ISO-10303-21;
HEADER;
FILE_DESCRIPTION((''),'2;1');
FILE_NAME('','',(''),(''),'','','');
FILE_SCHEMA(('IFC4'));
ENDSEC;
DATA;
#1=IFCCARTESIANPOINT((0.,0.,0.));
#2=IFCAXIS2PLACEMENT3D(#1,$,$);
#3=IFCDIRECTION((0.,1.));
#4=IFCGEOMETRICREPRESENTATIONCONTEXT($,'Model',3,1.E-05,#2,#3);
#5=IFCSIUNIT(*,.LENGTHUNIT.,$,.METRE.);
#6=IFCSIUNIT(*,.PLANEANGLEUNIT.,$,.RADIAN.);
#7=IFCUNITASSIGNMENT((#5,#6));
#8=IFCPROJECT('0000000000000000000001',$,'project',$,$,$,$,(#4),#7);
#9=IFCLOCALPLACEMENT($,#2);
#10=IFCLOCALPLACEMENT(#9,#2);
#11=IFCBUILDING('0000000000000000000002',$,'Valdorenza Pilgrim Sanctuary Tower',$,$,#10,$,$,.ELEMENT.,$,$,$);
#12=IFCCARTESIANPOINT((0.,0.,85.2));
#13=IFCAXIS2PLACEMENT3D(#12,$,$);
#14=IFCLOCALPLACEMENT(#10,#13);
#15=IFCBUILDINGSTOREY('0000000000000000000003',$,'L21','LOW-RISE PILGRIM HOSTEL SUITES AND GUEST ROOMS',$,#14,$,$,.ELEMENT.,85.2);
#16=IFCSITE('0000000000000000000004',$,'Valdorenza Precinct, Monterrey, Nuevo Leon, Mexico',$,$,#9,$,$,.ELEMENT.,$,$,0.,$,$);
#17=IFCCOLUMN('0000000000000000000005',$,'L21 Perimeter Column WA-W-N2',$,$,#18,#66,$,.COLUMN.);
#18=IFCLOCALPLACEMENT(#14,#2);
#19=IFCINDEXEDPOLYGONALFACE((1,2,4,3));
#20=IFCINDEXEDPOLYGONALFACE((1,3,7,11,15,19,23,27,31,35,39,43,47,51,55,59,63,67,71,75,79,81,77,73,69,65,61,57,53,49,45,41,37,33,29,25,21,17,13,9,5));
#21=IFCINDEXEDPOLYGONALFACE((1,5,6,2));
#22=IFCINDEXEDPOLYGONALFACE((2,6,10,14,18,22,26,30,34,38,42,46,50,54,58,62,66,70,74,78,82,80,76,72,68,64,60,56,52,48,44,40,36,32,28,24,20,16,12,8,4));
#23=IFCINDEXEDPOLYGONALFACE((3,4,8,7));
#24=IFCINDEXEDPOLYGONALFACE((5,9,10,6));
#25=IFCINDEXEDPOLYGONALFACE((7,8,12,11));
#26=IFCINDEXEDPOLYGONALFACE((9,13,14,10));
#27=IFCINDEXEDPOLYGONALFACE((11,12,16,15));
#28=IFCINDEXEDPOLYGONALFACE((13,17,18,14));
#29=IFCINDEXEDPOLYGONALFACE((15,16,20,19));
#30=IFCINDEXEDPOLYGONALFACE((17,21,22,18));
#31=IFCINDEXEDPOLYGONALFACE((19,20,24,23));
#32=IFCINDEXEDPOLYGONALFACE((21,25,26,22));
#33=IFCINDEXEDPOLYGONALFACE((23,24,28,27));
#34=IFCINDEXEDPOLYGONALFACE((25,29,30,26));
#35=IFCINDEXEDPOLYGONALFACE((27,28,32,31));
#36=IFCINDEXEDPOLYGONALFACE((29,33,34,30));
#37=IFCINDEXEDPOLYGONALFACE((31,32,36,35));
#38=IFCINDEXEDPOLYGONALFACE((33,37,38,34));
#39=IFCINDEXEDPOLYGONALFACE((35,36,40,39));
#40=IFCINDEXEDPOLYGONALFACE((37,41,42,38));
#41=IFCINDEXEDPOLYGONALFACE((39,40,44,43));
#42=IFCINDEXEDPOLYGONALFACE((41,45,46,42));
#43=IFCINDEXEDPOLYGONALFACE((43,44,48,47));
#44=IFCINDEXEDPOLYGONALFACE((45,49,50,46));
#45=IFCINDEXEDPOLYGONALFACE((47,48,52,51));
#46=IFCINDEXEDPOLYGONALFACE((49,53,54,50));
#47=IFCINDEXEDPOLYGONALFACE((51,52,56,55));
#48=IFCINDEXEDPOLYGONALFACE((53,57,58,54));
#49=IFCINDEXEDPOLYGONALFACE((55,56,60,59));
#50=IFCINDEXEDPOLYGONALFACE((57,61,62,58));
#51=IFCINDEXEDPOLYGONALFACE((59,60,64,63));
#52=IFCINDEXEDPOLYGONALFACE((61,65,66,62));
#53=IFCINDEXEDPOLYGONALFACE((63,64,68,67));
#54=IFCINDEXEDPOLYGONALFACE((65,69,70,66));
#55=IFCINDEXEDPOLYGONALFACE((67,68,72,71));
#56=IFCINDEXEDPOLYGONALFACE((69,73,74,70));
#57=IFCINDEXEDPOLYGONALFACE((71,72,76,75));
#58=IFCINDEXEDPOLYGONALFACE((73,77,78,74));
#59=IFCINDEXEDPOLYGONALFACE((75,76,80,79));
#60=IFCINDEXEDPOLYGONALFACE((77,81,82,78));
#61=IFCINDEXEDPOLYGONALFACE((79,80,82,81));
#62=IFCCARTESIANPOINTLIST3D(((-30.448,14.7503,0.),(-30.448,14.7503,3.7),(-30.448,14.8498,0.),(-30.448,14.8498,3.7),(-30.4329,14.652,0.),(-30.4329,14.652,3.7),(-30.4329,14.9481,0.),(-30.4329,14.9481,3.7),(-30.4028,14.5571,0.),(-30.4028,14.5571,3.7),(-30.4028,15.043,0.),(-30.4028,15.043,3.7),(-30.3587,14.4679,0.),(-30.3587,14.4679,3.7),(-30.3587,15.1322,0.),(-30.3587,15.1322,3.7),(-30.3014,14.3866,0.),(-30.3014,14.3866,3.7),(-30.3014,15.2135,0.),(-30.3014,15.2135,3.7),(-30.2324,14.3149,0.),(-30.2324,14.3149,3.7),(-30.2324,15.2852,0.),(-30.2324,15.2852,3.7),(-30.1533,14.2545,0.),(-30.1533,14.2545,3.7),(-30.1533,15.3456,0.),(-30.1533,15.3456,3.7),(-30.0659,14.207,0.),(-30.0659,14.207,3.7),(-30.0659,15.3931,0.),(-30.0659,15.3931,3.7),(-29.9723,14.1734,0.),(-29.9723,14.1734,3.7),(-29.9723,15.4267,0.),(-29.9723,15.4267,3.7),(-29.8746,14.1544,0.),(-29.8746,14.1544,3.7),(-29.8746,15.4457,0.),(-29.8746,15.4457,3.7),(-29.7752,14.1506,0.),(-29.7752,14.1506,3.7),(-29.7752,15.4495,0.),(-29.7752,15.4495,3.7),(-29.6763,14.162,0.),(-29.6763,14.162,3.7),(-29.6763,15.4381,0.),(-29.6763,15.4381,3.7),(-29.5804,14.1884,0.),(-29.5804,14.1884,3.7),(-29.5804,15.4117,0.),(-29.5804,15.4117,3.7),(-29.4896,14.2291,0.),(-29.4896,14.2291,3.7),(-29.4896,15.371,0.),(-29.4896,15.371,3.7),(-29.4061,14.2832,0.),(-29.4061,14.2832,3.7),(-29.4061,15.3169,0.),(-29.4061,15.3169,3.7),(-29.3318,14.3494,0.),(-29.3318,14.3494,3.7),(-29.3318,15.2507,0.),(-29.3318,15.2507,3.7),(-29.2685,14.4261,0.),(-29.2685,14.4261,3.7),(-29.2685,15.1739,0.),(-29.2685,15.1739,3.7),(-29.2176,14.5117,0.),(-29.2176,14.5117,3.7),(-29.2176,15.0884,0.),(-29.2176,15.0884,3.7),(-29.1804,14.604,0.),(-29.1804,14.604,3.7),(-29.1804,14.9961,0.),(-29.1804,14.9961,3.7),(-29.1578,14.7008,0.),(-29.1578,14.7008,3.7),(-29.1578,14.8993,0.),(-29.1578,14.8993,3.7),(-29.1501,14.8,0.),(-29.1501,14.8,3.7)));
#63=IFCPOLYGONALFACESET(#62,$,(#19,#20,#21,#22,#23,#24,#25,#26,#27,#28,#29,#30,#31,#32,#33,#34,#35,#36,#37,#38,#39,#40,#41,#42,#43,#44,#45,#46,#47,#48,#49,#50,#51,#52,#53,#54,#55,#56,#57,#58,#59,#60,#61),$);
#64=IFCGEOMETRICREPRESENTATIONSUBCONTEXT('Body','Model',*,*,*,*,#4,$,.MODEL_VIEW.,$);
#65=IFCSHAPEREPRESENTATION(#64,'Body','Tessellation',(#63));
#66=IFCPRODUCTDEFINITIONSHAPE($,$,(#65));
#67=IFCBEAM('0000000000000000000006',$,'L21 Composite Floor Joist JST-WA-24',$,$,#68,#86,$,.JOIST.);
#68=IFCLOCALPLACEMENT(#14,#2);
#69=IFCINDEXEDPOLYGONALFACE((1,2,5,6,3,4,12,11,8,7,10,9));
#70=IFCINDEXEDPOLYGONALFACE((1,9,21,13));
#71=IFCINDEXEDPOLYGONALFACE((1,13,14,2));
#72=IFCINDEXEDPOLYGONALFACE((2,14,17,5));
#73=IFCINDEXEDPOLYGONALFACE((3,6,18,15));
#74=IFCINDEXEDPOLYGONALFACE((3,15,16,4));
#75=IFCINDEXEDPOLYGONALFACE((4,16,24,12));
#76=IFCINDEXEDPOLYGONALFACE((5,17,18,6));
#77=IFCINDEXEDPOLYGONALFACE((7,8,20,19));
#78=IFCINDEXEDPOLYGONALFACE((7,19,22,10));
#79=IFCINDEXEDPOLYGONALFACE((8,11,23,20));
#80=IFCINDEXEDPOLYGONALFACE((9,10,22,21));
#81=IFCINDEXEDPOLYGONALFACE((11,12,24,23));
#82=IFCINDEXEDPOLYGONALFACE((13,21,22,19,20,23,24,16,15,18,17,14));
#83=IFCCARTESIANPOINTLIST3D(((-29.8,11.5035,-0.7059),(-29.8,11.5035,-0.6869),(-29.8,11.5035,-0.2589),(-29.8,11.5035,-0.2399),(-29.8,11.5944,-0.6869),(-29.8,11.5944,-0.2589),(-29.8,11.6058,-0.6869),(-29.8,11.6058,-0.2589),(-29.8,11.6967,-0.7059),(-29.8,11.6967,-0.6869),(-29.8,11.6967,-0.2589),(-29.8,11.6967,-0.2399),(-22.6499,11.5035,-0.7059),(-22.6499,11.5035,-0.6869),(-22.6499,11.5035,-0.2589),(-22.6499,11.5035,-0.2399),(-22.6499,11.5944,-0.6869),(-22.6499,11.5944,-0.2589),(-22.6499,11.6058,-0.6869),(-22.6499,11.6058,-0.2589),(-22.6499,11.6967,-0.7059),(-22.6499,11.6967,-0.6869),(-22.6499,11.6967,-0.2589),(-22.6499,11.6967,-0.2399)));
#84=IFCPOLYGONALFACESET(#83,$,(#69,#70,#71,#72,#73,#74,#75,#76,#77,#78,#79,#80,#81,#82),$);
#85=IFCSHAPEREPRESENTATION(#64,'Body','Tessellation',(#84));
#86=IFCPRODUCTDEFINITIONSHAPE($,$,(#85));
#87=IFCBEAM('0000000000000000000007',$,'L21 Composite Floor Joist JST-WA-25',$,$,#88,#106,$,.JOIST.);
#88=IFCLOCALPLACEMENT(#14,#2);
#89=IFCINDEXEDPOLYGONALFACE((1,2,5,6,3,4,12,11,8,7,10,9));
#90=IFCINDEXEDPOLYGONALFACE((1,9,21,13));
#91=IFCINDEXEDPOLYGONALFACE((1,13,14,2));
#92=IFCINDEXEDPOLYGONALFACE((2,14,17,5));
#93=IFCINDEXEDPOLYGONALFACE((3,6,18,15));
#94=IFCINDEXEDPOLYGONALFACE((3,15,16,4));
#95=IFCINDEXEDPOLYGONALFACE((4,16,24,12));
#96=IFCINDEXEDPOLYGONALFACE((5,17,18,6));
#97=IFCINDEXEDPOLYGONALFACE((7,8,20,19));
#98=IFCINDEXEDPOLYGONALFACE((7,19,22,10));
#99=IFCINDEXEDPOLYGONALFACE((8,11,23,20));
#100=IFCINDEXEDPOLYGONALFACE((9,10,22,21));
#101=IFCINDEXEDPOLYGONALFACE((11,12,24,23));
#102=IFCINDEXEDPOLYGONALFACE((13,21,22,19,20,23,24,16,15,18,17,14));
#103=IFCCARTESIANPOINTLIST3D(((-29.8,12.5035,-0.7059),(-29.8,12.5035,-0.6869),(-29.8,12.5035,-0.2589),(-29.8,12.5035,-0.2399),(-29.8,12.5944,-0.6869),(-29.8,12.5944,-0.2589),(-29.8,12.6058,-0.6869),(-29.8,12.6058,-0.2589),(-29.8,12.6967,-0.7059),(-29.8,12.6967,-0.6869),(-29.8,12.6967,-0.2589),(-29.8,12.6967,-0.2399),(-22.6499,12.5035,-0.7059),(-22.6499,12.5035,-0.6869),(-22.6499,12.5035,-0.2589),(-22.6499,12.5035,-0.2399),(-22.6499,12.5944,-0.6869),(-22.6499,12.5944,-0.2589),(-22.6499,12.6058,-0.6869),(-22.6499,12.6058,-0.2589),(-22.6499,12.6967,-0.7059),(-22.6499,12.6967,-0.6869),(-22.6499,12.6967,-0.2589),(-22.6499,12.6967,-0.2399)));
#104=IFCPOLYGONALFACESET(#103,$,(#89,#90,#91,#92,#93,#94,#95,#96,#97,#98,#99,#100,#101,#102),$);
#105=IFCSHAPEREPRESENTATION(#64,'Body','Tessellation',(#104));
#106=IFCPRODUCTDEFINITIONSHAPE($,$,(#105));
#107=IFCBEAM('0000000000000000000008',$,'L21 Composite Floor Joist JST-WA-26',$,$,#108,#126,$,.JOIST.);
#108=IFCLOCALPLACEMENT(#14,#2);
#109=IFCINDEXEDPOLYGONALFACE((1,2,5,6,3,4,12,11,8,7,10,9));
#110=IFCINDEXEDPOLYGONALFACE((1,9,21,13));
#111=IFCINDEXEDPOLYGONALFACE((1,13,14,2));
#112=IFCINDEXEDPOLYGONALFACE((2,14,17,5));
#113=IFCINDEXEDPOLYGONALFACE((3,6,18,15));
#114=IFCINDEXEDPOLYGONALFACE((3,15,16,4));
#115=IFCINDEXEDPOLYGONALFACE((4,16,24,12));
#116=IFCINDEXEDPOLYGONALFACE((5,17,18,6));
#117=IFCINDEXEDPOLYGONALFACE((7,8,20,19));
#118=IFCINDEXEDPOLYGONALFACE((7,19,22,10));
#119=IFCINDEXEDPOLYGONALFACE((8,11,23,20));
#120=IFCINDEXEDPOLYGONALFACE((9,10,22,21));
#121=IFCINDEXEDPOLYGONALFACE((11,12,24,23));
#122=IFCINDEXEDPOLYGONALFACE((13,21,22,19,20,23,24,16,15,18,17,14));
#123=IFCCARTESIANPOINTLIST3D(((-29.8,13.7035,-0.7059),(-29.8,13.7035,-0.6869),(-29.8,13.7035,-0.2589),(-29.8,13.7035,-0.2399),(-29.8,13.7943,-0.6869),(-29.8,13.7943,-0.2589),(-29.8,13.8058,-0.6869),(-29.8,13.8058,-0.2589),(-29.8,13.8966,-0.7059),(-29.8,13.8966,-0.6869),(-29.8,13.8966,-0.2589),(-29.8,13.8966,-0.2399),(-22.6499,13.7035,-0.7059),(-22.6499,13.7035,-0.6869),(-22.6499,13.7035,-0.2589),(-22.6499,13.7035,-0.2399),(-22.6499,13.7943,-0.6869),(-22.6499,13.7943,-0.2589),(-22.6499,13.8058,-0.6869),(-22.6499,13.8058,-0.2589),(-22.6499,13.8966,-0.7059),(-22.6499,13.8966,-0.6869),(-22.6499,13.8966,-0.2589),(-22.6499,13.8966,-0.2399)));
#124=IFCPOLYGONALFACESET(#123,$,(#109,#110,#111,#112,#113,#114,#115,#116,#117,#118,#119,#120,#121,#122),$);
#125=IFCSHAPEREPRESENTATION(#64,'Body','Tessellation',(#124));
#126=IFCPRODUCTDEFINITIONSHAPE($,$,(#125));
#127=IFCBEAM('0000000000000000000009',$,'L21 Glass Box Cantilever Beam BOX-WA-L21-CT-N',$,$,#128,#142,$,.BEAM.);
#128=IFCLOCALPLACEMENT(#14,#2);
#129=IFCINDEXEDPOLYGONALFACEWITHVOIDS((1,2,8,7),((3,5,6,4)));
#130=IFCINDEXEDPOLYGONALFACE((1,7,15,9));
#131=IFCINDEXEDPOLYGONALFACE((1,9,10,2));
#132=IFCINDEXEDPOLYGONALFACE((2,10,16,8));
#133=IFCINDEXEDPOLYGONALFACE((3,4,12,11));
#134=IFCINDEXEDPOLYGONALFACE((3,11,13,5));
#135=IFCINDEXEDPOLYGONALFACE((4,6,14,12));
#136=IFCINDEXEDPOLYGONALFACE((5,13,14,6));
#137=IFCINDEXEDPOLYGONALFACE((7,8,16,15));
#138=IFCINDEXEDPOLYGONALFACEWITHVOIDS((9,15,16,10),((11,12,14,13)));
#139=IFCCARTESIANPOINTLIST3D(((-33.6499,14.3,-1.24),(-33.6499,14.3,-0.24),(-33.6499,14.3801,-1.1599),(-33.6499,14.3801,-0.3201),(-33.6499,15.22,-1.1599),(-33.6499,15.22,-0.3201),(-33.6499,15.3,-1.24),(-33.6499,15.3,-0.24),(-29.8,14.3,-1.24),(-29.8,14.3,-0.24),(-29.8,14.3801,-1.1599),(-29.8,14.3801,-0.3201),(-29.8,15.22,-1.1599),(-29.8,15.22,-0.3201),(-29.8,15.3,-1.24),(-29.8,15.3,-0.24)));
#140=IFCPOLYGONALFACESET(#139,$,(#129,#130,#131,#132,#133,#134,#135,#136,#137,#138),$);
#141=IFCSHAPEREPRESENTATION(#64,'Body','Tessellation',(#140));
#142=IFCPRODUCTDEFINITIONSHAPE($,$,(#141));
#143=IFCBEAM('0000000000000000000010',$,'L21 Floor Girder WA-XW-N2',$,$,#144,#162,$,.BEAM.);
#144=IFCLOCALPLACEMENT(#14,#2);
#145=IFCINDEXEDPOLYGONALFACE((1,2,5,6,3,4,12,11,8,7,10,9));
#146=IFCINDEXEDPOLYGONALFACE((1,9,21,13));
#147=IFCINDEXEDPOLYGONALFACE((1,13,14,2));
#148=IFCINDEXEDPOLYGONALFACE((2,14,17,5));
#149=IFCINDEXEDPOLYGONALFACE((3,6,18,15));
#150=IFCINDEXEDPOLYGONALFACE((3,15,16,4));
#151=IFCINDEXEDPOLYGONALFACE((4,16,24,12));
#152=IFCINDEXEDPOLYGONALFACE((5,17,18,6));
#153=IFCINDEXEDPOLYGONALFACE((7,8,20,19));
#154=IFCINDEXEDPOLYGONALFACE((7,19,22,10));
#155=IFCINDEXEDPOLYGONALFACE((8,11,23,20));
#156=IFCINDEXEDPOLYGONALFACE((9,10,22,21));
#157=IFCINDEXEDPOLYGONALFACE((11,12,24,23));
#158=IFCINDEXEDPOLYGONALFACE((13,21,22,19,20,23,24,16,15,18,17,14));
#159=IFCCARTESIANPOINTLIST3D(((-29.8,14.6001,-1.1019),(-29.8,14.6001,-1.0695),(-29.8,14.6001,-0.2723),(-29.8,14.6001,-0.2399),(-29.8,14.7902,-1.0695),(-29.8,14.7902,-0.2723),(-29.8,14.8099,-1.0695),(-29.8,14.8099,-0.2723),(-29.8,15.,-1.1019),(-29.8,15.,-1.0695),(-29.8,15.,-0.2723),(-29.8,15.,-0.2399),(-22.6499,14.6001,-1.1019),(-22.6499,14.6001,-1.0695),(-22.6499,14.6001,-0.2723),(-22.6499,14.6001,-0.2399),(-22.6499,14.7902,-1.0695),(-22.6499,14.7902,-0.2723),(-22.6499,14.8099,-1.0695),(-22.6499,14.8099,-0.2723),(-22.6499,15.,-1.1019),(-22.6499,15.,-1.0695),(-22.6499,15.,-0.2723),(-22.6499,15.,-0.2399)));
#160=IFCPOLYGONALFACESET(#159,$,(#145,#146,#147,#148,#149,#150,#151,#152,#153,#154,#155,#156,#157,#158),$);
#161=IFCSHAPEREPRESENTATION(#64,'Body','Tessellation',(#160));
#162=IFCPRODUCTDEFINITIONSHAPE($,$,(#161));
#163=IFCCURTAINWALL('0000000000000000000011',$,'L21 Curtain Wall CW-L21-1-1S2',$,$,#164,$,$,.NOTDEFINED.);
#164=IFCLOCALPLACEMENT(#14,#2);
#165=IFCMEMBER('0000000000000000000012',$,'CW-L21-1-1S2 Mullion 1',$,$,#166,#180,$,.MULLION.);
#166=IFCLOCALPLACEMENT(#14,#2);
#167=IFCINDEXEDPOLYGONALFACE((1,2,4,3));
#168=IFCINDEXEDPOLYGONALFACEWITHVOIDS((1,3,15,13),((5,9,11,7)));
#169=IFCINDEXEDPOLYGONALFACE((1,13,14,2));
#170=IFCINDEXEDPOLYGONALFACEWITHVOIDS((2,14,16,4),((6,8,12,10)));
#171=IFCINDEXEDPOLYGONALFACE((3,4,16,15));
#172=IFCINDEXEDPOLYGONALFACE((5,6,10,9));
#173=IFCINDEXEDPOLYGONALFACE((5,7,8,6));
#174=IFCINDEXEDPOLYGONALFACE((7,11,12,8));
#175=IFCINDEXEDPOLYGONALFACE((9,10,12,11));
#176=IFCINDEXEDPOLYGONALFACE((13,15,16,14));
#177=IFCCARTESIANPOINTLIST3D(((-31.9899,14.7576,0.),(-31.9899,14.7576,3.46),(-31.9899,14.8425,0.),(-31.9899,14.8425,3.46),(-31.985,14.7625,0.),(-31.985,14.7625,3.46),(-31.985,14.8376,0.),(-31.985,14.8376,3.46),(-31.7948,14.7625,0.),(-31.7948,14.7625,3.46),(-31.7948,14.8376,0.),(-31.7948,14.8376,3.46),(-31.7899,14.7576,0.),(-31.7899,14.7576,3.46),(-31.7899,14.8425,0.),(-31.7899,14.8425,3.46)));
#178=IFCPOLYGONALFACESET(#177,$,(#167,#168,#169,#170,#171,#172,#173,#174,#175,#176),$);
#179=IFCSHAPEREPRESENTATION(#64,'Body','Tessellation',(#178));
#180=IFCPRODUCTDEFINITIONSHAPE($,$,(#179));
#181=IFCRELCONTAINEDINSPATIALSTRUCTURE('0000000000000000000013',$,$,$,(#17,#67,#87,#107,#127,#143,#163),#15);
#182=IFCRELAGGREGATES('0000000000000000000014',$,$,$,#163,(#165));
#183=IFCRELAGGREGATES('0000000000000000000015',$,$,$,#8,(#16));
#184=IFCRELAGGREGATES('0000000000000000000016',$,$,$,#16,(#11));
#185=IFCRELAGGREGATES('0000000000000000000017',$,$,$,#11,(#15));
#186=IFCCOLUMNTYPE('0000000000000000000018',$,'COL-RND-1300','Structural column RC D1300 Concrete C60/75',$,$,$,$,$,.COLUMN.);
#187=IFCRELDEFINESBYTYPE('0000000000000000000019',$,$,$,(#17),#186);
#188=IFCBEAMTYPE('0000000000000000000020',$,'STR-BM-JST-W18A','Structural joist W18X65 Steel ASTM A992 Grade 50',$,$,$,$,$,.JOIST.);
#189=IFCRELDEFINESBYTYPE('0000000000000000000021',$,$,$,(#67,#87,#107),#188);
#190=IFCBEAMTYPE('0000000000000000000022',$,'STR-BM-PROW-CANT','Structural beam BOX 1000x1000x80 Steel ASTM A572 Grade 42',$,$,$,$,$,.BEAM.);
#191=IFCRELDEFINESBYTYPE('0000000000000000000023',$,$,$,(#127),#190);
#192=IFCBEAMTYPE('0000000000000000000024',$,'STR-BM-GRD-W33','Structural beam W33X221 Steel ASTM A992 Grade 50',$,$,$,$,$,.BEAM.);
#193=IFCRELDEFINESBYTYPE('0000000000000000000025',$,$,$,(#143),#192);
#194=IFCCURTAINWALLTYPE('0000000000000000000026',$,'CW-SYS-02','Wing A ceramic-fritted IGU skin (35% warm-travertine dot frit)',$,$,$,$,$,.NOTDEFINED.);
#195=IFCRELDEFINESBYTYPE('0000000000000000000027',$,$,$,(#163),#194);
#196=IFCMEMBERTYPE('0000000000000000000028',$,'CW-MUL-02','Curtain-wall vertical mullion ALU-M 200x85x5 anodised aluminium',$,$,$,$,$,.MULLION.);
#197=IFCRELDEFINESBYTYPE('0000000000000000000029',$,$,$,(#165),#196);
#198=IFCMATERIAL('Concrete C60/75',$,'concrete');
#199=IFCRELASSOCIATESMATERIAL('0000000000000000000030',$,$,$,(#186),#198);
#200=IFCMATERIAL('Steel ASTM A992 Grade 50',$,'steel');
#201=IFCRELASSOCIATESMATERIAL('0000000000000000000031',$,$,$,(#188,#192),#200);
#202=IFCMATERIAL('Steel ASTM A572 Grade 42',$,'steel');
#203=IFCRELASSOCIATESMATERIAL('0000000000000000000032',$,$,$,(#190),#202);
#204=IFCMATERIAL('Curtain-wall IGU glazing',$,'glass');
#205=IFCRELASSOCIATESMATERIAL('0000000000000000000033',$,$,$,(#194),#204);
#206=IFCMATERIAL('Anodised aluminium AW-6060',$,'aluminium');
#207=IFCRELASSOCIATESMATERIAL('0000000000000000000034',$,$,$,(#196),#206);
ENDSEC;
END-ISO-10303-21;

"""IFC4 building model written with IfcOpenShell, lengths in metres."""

from ifc_helpers import new_model, si_unit, direction, frame, origin, origin_2d, place, context, subcontext, project, spatial, hollow_rectangle, circle, i_section, extrude, source, transform, mapped, material, material_profile, profile_set, type_object, element, aggregate, save


model = new_model("IFC4")

# Units and contexts
model_context = context("Model", 3, precision=1e-05, world=origin(), true_north=direction((0.0, 1.0)))
body_context = subcontext(model_context, "Body", "Model", "MODEL_VIEW")
ifc_project = project(units=[si_unit("LENGTHUNIT", "METRE"), si_unit("PLANEANGLEUNIT", "RADIAN")], contexts=[model_context])

# Site, building, storey
site_placement = place(None, origin())
site = spatial("IfcSite", under=ifc_project, at=site_placement, Name="Valdorenza Precinct, Monterrey, Nuevo Leon, Mexico", CompositionType="ELEMENT", RefElevation=0.0)
building_placement = place(site_placement, origin())
building = spatial("IfcBuilding", under=site, at=building_placement, Name="Valdorenza Pilgrim Sanctuary Tower", CompositionType="ELEMENT")
storey_placement = place(building_placement, frame((0.0, 0.0, 85.2)))
storey = spatial("IfcBuildingStorey", under=building, at=storey_placement, Name="L21", Description="LOW-RISE PILGRIM HOSTEL SUITES AND GUEST ROOMS", CompositionType="ELEMENT", Elevation=85.2)

# Column
ifc_material_1 = material(Name="Concrete C60/75", Category="concrete")
ifc_material_profile_1 = material_profile(ifc_material_1, circle(Radius=0.6499, at=origin_2d()), Name="RC D1300")
ifc_profile_set_1 = profile_set([ifc_material_profile_1], Name="Concrete C60/75")
column_type = type_object("IfcColumnType", Name="COL-RND-1300", Description="Structural column RC D1300 Concrete C60/75", PredefinedType="COLUMN", material=ifc_profile_set_1)
shared_shape_1 = source(origin(), body_context, "Body", "SweptSolid", [
    extrude(circle(Radius=0.6499, at=origin_2d()), origin(), (0.0, 0.0, 1.0), 3.7),
])
column_placement = place(storey_placement, frame((-29.8, 14.8, 0.0), z_axis=(0.0, 0.0, 1.0), x_axis=(1.0, 0.0, 0.0)))
element("IfcColumn", 1, at=column_placement, inside=storey, type_object=column_type, Name="L21 Perimeter Column WA-W-N2", PredefinedType="COLUMN", context=body_context, shape_type="MappedRepresentation", body=[
    mapped(shared_shape_1, transform((0.0, 0.0, 0.0), x_axis=(1.0, 0.0, 0.0), y_axis=(0.0, 1.0, 0.0), z_axis=(0.0, 0.0, 1.0), scale=1.0)),
])

# Beams
ifc_material_2 = material(Name="Steel ASTM A992 Grade 50", Category="steel")
ifc_material_profile_2 = material_profile(ifc_material_2, i_section(OverallWidth=0.1931, OverallDepth=0.4661, WebThickness=0.0115, FlangeThickness=0.019, at=origin_2d()), Name="W18X65")
ifc_profile_set_2 = profile_set([ifc_material_profile_2], Name="Steel ASTM A992 Grade 50")
beam_type_1 = type_object("IfcBeamType", Name="STR-BM-JST-W18A", Description="Structural joist W18X65 Steel ASTM A992 Grade 50", PredefinedType="JOIST", material=ifc_profile_set_2)
shared_shape_2 = source(origin(), body_context, "Body", "SweptSolid", [
    extrude(i_section(OverallWidth=0.1931, OverallDepth=0.4661, WebThickness=0.0115, FlangeThickness=0.019, at=origin_2d()), origin(), (0.0, 0.0, 1.0), 7.1501),
])
for number, where, z_axis, x_axis, name in (
    (2, (-29.8, 11.6001, -0.4729), (1.0, 0.0, 0.0), (0.0, 1.0, 0.0), "L21 Composite Floor Joist JST-WA-24"),
    (3, (-29.8, 12.6001, -0.4729), (1.0, 0.0, 0.0), (0.0, 1.0, 0.0), "L21 Composite Floor Joist JST-WA-25"),
    (4, (-29.8, 13.8, -0.4729), (1.0, 0.0, 0.0), (0.0, 1.0, 0.0), "L21 Composite Floor Joist JST-WA-26"),
):
    element("IfcBeam", number, at=place(storey_placement, frame(where, z_axis=z_axis, x_axis=x_axis)), inside=storey, type_object=beam_type_1, Name=name, PredefinedType="JOIST", context=body_context, shape_type="MappedRepresentation", body=[
        mapped(shared_shape_2, transform((0.0, 0.0, 0.0), x_axis=(1.0, 0.0, 0.0), y_axis=(0.0, 1.0, 0.0), z_axis=(0.0, 0.0, 1.0), scale=1.0)),
    ])
ifc_material_3 = material(Name="Steel ASTM A572 Grade 42", Category="steel")
ifc_material_profile_3 = material_profile(ifc_material_3, hollow_rectangle(XDim=1.0, YDim=1.0, WallThickness=0.0801, at=origin_2d()), Name="BOX 1000x1000x80")
ifc_profile_set_3 = profile_set([ifc_material_profile_3], Name="Steel ASTM A572 Grade 42")
beam_type_2 = type_object("IfcBeamType", Name="STR-BM-PROW-CANT", Description="Structural beam BOX 1000x1000x80 Steel ASTM A572 Grade 42", PredefinedType="BEAM", material=ifc_profile_set_3)
shared_shape_3 = source(origin(), body_context, "Body", "SweptSolid", [
    extrude(hollow_rectangle(XDim=1.0, YDim=1.0, WallThickness=0.0801, at=origin_2d()), origin(), (0.0, 0.0, 1.0), 3.8499),
])
beam_1_placement = place(storey_placement, frame((-29.8, 14.8, -0.74), z_axis=(-1.0, 0.0, 0.0), x_axis=(0.0, -1.0, 0.0)))
element("IfcBeam", 5, at=beam_1_placement, inside=storey, type_object=beam_type_2, Name="L21 Glass Box Cantilever Beam BOX-WA-L21-CT-N", PredefinedType="BEAM", context=body_context, shape_type="MappedRepresentation", body=[
    mapped(shared_shape_3, transform((0.0, 0.0, 0.0), x_axis=(1.0, 0.0, 0.0), y_axis=(0.0, 1.0, 0.0), z_axis=(0.0, 0.0, 1.0), scale=1.0)),
])
ifc_material_profile_4 = material_profile(ifc_material_2, i_section(OverallWidth=0.3999, OverallDepth=0.8621, WebThickness=0.0198, FlangeThickness=0.0325, at=origin_2d()), Name="W33X221")
ifc_profile_set_4 = profile_set([ifc_material_profile_4], Name="Steel ASTM A992 Grade 50")
beam_type_3 = type_object("IfcBeamType", Name="STR-BM-GRD-W33", Description="Structural beam W33X221 Steel ASTM A992 Grade 50", PredefinedType="BEAM", material=ifc_profile_set_4)
shared_shape_4 = source(origin(), body_context, "Body", "SweptSolid", [
    extrude(i_section(OverallWidth=0.3999, OverallDepth=0.8621, WebThickness=0.0198, FlangeThickness=0.0325, at=origin_2d()), origin(), (0.0, 0.0, 1.0), 7.1501),
])
beam_2_placement = place(storey_placement, frame((-29.8, 14.8, -0.6709), z_axis=(1.0, 0.0, 0.0), x_axis=(0.0, 1.0, 0.0)))
element("IfcBeam", 6, at=beam_2_placement, inside=storey, type_object=beam_type_3, Name="L21 Floor Girder WA-XW-N2", PredefinedType="BEAM", context=body_context, shape_type="MappedRepresentation", body=[
    mapped(shared_shape_4, transform((0.0, 0.0, 0.0), x_axis=(1.0, 0.0, 0.0), y_axis=(0.0, 1.0, 0.0), z_axis=(0.0, 0.0, 1.0), scale=1.0)),
])

# Curtain wall, member
ifc_material_4 = material(Name="Curtain-wall IGU glazing", Category="glass")
curtain_wall_type = type_object("IfcCurtainWallType", Name="CW-SYS-02", Description="Wing A ceramic-fritted IGU skin (35% warm-travertine dot frit)", PredefinedType="NOTDEFINED", material=ifc_material_4)
curtain_wall_1_placement = place(storey_placement, origin())
curtain_wall_1 = element("IfcCurtainWall", 7, at=curtain_wall_1_placement, inside=storey, type_object=curtain_wall_type, Name="L21 Curtain Wall CW-L21-1-1S2", PredefinedType="NOTDEFINED")
ifc_material_5 = material(Name="Anodised aluminium AW-6060", Category="aluminium")
ifc_material_profile_5 = material_profile(ifc_material_5, hollow_rectangle(XDim=0.085, YDim=0.2, WallThickness=0.0049, at=origin_2d()), Name="ALU-M 200x85x5")
ifc_profile_set_5 = profile_set([ifc_material_profile_5], Name="Anodised aluminium AW-6060")
member_type_1 = type_object("IfcMemberType", Name="CW-MUL-02", Description="Curtain-wall vertical mullion ALU-M 200x85x5 anodised aluminium", PredefinedType="MULLION", material=ifc_profile_set_5)
shared_shape_5 = source(origin(), body_context, "Body", "SweptSolid", [
    extrude(hollow_rectangle(XDim=0.085, YDim=0.2, WallThickness=0.0049, at=origin_2d()), origin(), (0.0, 0.0, 1.0), 3.46),
])
member_1_placement = place(storey_placement, frame((-31.8899, 14.8, 0.0), z_axis=(0.0, 0.0, 1.0), x_axis=(0.0, 1.0, 0.0)))
member_1 = element("IfcMember", 8, at=member_1_placement, type_object=member_type_1, Name="CW-L21-1-1S2 Mullion 1", PredefinedType="MULLION", context=body_context, shape_type="MappedRepresentation", body=[
    mapped(shared_shape_5, transform((0.0, 0.0, 0.0), x_axis=(1.0, 0.0, 0.0), y_axis=(0.0, 1.0, 0.0), z_axis=(0.0, 0.0, 1.0), scale=1.0)),
])

aggregate(curtain_wall_1, [member_1])

save(model, "model.ifc")
